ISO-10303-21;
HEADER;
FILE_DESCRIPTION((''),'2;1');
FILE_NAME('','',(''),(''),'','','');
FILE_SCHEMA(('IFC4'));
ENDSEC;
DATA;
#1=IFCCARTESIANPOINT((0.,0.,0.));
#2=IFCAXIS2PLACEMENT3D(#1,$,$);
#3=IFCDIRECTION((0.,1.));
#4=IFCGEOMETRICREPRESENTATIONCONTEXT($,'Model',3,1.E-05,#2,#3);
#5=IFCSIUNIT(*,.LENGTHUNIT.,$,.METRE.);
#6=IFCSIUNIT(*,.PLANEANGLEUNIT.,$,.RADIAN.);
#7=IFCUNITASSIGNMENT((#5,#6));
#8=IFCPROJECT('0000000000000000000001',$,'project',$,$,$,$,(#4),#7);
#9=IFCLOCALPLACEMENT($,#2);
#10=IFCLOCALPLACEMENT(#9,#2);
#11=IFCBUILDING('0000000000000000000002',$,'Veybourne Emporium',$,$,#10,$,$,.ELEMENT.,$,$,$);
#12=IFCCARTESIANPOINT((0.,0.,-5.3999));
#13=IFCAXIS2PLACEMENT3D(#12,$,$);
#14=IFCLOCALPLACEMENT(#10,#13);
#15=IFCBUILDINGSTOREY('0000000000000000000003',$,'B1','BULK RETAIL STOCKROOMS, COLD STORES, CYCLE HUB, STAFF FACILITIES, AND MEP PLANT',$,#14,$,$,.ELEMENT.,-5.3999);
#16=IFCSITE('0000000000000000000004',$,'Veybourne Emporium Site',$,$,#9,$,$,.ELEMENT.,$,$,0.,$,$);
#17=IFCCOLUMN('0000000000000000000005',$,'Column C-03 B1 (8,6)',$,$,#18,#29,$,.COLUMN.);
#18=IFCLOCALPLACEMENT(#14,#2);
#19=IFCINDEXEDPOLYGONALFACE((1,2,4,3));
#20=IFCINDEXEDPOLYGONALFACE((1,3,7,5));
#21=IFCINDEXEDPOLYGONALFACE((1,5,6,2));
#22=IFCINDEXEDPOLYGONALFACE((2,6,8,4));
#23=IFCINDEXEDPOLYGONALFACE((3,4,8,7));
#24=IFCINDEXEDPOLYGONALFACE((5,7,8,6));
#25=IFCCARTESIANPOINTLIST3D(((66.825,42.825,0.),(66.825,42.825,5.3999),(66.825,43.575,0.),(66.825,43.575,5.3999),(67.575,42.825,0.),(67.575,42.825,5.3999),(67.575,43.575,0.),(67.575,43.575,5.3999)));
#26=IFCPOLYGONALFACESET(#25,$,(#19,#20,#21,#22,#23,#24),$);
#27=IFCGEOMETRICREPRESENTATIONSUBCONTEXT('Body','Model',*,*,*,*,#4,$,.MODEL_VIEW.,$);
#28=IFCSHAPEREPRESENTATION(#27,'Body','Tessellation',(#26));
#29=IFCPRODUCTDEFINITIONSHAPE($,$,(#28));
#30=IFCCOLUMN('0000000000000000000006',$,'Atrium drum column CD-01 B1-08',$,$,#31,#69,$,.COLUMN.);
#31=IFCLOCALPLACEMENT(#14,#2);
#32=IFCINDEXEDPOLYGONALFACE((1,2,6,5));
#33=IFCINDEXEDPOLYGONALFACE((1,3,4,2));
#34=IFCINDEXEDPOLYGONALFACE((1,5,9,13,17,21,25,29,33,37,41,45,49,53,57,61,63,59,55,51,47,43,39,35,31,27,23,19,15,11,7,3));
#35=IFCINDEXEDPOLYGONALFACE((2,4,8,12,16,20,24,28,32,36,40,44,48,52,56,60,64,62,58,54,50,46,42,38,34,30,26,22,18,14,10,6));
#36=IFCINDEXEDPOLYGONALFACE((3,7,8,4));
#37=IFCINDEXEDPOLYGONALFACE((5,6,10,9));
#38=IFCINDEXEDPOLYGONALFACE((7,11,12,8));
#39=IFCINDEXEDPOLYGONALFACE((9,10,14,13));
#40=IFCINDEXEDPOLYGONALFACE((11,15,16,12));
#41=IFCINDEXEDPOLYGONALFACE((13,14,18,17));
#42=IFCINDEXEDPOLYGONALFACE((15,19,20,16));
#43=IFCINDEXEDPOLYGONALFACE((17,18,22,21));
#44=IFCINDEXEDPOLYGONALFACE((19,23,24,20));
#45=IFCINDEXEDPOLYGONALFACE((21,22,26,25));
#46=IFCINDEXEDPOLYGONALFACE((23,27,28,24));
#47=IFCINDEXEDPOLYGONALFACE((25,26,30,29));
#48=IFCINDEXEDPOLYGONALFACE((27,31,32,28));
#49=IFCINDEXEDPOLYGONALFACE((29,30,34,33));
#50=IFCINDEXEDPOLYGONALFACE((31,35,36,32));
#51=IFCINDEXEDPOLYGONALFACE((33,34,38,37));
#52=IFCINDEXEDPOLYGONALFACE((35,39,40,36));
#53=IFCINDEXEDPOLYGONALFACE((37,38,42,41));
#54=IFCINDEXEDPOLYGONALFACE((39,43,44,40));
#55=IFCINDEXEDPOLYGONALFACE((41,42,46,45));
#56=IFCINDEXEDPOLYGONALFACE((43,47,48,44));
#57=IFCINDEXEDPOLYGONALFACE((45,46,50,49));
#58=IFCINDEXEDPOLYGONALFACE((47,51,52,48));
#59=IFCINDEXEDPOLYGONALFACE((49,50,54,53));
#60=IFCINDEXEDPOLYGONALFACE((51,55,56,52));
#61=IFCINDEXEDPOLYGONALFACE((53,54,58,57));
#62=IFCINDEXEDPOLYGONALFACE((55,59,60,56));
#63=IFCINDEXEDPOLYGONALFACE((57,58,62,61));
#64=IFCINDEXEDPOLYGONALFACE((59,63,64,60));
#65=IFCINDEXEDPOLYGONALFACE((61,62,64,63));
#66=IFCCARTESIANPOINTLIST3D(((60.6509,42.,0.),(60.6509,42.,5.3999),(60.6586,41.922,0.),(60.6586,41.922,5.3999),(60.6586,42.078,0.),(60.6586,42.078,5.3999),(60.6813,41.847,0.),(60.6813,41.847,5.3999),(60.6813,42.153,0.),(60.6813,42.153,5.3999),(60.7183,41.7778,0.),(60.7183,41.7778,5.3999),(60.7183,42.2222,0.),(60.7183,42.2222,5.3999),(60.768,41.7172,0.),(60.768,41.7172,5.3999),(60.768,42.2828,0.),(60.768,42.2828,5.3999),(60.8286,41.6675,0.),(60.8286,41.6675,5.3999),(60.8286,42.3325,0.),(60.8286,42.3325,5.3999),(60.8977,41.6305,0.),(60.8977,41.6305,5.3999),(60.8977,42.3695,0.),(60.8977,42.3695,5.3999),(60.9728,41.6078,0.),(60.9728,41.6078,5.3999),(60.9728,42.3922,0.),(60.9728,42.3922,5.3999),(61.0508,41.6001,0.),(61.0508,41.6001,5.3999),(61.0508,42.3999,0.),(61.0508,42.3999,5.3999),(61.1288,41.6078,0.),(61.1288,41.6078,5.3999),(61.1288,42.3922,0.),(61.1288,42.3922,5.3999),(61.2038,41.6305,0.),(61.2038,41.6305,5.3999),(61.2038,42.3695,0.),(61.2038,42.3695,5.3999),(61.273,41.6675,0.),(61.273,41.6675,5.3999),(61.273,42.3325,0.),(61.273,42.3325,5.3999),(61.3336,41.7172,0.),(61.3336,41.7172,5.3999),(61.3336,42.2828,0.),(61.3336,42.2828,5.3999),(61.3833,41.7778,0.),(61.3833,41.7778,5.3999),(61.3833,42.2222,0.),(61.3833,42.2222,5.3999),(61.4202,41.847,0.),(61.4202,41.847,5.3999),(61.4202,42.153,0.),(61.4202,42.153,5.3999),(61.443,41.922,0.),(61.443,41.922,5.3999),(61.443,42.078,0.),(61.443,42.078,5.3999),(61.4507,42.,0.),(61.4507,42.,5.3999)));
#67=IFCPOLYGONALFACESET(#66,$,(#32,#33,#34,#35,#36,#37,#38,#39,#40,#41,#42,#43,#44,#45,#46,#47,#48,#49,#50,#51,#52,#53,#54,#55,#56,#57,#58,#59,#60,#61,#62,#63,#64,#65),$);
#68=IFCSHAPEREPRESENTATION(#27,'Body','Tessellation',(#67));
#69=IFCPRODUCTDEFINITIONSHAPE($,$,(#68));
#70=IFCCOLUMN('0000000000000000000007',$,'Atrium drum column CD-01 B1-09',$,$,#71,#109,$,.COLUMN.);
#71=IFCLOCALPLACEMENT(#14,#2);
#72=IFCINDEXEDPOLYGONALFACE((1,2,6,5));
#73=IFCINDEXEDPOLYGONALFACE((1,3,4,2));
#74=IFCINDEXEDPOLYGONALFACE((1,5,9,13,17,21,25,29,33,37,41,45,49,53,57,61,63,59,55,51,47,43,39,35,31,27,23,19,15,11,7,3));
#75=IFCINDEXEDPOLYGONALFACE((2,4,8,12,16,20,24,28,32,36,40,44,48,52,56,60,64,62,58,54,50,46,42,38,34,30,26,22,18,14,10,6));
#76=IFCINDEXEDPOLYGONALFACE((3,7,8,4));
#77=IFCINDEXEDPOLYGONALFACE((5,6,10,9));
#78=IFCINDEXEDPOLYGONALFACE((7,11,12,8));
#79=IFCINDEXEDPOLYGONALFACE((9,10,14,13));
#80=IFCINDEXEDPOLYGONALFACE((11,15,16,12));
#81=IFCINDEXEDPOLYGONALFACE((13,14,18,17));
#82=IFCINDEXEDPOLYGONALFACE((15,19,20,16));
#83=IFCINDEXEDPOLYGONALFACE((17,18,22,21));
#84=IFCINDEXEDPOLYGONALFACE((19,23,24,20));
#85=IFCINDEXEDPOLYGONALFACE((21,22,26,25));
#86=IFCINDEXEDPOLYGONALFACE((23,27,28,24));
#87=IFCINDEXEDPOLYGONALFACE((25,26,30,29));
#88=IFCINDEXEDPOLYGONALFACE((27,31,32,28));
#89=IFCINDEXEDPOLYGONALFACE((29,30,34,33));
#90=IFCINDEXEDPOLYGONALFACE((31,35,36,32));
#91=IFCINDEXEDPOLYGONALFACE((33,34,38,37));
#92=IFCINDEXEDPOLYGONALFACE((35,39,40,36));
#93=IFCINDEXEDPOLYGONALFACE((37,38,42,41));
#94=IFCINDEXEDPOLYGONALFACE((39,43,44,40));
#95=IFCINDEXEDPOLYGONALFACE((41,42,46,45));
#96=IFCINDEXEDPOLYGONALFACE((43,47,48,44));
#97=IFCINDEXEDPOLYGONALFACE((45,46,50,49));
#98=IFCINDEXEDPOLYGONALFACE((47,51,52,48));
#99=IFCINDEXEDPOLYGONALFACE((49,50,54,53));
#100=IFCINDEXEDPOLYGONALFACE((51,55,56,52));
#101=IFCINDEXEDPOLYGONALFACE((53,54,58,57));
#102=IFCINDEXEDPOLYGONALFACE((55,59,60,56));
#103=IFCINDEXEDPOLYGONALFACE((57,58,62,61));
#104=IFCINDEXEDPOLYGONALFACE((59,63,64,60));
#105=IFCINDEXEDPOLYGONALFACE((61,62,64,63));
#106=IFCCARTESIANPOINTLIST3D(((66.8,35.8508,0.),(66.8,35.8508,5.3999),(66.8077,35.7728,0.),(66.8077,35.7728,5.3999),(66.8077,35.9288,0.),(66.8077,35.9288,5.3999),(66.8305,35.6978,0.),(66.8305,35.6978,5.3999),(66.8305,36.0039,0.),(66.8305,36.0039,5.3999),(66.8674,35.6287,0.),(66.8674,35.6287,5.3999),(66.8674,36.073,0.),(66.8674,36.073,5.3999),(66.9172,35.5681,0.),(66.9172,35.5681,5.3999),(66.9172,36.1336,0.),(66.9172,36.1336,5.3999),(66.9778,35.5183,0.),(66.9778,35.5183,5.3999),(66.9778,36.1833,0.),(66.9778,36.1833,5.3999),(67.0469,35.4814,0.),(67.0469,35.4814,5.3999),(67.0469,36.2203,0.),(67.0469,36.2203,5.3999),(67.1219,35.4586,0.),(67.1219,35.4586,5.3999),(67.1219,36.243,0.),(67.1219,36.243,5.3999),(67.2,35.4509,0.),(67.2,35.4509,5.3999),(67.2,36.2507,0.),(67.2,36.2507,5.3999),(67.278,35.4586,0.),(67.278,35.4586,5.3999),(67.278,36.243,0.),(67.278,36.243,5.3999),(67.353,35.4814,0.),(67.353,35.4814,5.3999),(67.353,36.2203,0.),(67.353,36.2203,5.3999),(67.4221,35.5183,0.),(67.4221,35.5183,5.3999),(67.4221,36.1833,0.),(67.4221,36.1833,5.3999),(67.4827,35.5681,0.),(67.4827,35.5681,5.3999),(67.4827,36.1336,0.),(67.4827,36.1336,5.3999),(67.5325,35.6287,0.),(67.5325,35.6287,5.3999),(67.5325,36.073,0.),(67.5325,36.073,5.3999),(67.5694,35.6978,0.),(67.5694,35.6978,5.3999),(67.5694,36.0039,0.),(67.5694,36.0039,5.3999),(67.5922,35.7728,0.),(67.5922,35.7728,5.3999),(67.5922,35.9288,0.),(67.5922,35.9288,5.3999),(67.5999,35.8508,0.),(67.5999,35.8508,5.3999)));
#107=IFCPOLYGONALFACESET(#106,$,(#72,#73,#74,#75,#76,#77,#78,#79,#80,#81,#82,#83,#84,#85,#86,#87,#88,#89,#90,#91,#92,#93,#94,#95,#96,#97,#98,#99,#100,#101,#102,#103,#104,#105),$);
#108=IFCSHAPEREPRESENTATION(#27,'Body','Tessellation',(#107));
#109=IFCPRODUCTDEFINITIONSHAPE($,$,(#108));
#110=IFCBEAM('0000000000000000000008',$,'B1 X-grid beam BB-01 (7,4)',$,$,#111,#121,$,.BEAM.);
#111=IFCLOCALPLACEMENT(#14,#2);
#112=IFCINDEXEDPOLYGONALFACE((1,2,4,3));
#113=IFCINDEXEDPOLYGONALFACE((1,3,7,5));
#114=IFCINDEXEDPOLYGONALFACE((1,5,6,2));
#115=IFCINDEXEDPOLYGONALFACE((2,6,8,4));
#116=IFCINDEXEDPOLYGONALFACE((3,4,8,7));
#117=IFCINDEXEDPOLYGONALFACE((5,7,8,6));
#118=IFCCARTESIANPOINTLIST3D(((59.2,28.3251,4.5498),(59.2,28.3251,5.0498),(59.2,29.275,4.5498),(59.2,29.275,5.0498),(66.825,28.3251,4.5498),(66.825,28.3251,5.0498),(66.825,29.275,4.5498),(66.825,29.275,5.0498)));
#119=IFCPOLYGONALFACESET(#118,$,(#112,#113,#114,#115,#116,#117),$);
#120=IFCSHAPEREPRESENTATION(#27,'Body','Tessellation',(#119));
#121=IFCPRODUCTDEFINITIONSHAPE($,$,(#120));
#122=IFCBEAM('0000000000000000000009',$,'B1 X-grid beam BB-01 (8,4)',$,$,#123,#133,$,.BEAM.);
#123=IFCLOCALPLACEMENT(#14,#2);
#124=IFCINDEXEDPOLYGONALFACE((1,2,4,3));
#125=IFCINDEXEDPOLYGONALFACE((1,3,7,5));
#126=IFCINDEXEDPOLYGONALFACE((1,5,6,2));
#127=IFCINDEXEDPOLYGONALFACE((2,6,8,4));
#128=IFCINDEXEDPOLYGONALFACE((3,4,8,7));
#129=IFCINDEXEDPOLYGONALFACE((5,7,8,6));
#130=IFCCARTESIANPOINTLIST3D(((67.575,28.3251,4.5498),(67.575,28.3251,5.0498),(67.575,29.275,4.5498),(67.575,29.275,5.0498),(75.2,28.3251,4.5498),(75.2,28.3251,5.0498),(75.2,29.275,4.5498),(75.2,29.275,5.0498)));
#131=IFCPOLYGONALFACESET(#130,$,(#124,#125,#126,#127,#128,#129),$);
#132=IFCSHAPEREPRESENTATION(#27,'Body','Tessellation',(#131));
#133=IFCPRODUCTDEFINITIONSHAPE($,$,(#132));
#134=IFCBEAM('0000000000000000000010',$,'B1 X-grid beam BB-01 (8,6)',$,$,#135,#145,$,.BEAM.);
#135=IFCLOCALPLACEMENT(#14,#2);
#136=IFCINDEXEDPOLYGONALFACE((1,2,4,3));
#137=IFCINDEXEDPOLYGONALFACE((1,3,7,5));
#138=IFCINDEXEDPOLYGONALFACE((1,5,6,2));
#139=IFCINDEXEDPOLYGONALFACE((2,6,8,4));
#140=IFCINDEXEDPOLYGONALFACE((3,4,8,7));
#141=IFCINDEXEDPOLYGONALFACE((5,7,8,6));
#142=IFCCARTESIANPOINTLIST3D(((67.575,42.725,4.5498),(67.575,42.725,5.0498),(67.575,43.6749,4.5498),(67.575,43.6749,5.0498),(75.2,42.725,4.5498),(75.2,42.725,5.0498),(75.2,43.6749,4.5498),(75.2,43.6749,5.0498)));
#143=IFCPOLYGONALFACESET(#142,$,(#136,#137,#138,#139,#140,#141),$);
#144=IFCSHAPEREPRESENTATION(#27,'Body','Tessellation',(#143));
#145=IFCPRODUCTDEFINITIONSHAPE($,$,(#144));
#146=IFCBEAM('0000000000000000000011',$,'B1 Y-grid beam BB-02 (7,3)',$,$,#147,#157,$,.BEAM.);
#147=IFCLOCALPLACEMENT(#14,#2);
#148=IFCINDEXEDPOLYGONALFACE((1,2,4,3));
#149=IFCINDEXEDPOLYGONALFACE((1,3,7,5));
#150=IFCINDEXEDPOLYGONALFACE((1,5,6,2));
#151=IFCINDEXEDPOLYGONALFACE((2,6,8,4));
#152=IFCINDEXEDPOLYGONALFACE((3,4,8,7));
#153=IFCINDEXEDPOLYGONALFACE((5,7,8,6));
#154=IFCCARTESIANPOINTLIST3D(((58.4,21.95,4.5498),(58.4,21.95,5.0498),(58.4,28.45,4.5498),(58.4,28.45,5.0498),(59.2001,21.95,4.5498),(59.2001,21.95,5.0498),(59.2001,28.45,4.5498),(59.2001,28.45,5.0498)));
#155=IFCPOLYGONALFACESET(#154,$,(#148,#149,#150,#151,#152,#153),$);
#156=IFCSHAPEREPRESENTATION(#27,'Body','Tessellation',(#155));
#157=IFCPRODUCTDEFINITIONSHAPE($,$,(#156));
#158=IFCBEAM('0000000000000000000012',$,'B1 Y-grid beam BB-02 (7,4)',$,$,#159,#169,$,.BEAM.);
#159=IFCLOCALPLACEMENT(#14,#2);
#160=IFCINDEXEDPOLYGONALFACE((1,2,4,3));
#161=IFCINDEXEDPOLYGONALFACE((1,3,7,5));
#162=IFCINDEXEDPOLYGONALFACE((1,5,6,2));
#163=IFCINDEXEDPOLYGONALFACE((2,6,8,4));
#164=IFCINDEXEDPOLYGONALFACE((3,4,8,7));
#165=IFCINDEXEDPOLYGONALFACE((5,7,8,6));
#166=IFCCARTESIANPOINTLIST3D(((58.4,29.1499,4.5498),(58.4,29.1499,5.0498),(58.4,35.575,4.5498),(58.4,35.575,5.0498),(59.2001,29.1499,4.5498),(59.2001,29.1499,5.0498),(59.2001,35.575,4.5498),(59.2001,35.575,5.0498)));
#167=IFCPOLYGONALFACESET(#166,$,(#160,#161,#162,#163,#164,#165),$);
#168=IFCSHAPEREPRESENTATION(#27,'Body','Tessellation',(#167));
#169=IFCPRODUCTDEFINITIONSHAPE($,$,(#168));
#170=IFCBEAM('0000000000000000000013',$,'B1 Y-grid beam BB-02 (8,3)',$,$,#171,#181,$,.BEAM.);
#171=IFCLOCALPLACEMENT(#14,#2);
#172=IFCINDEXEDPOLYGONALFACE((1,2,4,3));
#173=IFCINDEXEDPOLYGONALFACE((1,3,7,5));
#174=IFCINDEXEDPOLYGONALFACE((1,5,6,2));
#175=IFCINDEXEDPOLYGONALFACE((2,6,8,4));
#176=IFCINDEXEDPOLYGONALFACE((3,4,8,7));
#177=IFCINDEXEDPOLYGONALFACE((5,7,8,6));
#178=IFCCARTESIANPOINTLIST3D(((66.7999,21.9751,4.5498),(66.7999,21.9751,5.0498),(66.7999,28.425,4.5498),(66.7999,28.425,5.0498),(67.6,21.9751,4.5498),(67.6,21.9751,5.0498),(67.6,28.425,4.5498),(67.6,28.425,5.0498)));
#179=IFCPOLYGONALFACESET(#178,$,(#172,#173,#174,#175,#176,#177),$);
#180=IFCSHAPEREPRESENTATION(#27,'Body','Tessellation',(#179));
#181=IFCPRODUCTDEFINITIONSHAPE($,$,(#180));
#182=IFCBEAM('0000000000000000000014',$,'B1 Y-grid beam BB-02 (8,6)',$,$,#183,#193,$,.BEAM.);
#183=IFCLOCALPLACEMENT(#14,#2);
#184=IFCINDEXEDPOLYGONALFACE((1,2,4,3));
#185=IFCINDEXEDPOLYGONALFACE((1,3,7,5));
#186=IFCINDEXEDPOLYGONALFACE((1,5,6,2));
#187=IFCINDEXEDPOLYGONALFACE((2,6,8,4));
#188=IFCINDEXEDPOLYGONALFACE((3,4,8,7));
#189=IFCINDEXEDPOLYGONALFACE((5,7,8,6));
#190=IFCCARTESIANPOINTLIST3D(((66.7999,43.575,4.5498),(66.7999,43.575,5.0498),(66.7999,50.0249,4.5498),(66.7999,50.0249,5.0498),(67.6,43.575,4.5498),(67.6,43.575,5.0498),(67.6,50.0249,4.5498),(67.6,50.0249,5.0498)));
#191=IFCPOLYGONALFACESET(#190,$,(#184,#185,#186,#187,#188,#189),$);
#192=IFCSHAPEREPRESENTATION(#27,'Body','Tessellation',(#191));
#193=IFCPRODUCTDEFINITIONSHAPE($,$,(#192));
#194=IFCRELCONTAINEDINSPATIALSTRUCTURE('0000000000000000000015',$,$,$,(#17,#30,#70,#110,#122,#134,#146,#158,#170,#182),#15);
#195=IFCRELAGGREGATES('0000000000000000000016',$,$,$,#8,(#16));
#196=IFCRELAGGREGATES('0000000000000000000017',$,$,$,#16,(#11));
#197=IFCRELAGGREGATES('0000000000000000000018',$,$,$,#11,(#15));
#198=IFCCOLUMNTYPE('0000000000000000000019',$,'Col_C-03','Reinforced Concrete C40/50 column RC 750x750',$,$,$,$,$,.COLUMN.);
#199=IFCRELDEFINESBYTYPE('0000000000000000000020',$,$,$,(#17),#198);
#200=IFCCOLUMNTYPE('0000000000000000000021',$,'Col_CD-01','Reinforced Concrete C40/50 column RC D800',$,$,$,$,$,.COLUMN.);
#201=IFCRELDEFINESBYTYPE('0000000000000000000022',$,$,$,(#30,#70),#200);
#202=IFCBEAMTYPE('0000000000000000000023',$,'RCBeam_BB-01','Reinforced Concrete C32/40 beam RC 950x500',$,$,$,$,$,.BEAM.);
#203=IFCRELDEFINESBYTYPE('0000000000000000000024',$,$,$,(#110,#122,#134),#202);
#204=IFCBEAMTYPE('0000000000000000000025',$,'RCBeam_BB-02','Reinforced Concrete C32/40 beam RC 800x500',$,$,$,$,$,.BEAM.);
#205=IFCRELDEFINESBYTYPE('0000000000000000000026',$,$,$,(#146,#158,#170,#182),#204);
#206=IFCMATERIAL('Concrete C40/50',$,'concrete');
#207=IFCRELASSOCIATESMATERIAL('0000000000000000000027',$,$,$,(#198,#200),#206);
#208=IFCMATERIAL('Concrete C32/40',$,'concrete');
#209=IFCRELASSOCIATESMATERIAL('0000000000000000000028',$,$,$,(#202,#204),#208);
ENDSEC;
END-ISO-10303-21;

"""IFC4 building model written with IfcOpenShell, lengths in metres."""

from ifc_helpers import new_model, si_unit, direction, frame, origin, origin_2d, place, context, subcontext, project, spatial, rectangle, circle, extrude, material, material_profile, profile_set, type_object, element, save


model = new_model("IFC4")

# Units and contexts
model_context = context("Model", 3, precision=1e-05, world=origin(), true_north=direction((0.0, 1.0)))
body_context = subcontext(model_context, "Body", "Model", "MODEL_VIEW")
ifc_project = project(units=[si_unit("LENGTHUNIT", "METRE"), si_unit("PLANEANGLEUNIT", "RADIAN")], contexts=[model_context])

# Site, building, storey
site_placement = place(None, origin())
site = spatial("IfcSite", under=ifc_project, at=site_placement, Name="Veybourne Emporium Site", CompositionType="ELEMENT", RefElevation=0.0)
building_placement = place(site_placement, origin())
building = spatial("IfcBuilding", under=site, at=building_placement, Name="Veybourne Emporium", CompositionType="ELEMENT")
storey_placement = place(building_placement, frame((0.0, 0.0, -5.3999)))
storey = spatial("IfcBuildingStorey", under=building, at=storey_placement, Name="B1", Description="BULK RETAIL STOCKROOMS, COLD STORES, CYCLE HUB, STAFF FACILITIES, AND MEP PLANT", CompositionType="ELEMENT", Elevation=-5.3999)

# Columns
ifc_material_1 = material(Name="Concrete C40/50", Category="concrete")
ifc_material_profile_1 = material_profile(ifc_material_1, rectangle(XDim=0.75, YDim=0.75, at=origin_2d()), Name="RC 750x750")
ifc_profile_set_1 = profile_set([ifc_material_profile_1], Name="Concrete C40/50")
column_type_1 = type_object("IfcColumnType", Name="Col_C-03", Description="Reinforced Concrete C40/50 column RC 750x750", PredefinedType="COLUMN", material=ifc_profile_set_1)
for number, where, z_axis, x_axis, name in (
    (1, (67.2, 43.2, 0.0), (0.0, 0.0, 1.0), (1.0, 0.0, 0.0), "Column C-03 B1 (8,6)"),
):
    element("IfcColumn", number, at=place(storey_placement, frame(where, z_axis=z_axis, x_axis=x_axis)), inside=storey, type_object=column_type_1, Name=name, PredefinedType="COLUMN", context=body_context, shape_type="SweptSolid", body=[
        extrude(rectangle(XDim=0.75, YDim=0.75, at=origin_2d()), origin(), (0.0, 0.0, 1.0), 5.3999),
    ])
ifc_material_profile_2 = material_profile(ifc_material_1, circle(Radius=0.3999, at=origin_2d()), Name="RC D800")
ifc_profile_set_2 = profile_set([ifc_material_profile_2], Name="Concrete C40/50")
column_type_2 = type_object("IfcColumnType", Name="Col_CD-01", Description="Reinforced Concrete C40/50 column RC D800", PredefinedType="COLUMN", material=ifc_profile_set_2)
for number, where, z_axis, x_axis, name in (
    (2, (61.0508, 42.0, 0.0), (0.0, 0.0, 1.0), (1.0, 0.0, 0.0), "Atrium drum column CD-01 B1-08"),
    (3, (67.2, 35.8508, 0.0), (0.0, 0.0, 1.0), (1.0, 0.0, 0.0), "Atrium drum column CD-01 B1-09"),
):
    element("IfcColumn", number, at=place(storey_placement, frame(where, z_axis=z_axis, x_axis=x_axis)), inside=storey, type_object=column_type_2, Name=name, PredefinedType="COLUMN", context=body_context, shape_type="SweptSolid", body=[
        extrude(circle(Radius=0.3999, at=origin_2d()), origin(), (0.0, 0.0, 1.0), 5.3999),
    ])

# Beams
ifc_material_2 = material(Name="Concrete C32/40", Category="concrete")
ifc_material_profile_3 = material_profile(ifc_material_2, rectangle(XDim=0.95, YDim=0.5, at=origin_2d()), Name="RC 950x500")
ifc_profile_set_3 = profile_set([ifc_material_profile_3], Name="Concrete C32/40")
beam_type_1 = type_object("IfcBeamType", Name="RCBeam_BB-01", Description="Reinforced Concrete C32/40 beam RC 950x500", PredefinedType="BEAM", material=ifc_profile_set_3)
for number, where, z_axis, x_axis, name in (
    (4, (59.2, 28.8, 4.7998), (1.0, 0.0, 0.0), (0.0, 1.0, 0.0), "B1 X-grid beam BB-01 (7,4)"),
    (5, (67.575, 28.8, 4.7998), (1.0, 0.0, 0.0), (0.0, 1.0, 0.0), "B1 X-grid beam BB-01 (8,4)"),
    (6, (67.575, 43.2, 4.7998), (1.0, 0.0, 0.0), (0.0, 1.0, 0.0), "B1 X-grid beam BB-01 (8,6)"),
):
    element("IfcBeam", number, at=place(storey_placement, frame(where, z_axis=z_axis, x_axis=x_axis)), inside=storey, type_object=beam_type_1, Name=name, PredefinedType="BEAM", context=body_context, shape_type="SweptSolid", body=[
        extrude(rectangle(XDim=0.95, YDim=0.5, at=origin_2d()), origin(), (0.0, 0.0, 1.0), 7.625),
    ])
ifc_material_profile_4 = material_profile(ifc_material_2, rectangle(XDim=0.8, YDim=0.5, at=origin_2d()), Name="RC 800x500")
ifc_profile_set_4 = profile_set([ifc_material_profile_4], Name="Concrete C32/40")
beam_type_2 = type_object("IfcBeamType", Name="RCBeam_BB-02", Description="Reinforced Concrete C32/40 beam RC 800x500", PredefinedType="BEAM", material=ifc_profile_set_4)
beam_1_placement = place(storey_placement, frame((58.8, 21.95, 4.7998), z_axis=(0.0, 1.0, 0.0), x_axis=(-1.0, 0.0, 0.0)))
element("IfcBeam", 7, at=beam_1_placement, inside=storey, type_object=beam_type_2, Name="B1 Y-grid beam BB-02 (7,3)", PredefinedType="BEAM", context=body_context, shape_type="SweptSolid", body=[
    extrude(rectangle(XDim=0.8, YDim=0.5, at=origin_2d()), origin(), (0.0, 0.0, 1.0), 6.5),
])
beam_2_placement = place(storey_placement, frame((58.8, 29.1499, 4.7998), z_axis=(0.0, 1.0, 0.0), x_axis=(-1.0, 0.0, 0.0)))
element("IfcBeam", 8, at=beam_2_placement, inside=storey, type_object=beam_type_2, Name="B1 Y-grid beam BB-02 (7,4)", PredefinedType="BEAM", context=body_context, shape_type="SweptSolid", body=[
    extrude(rectangle(XDim=0.8, YDim=0.5, at=origin_2d()), origin(), (0.0, 0.0, 1.0), 6.425),
])
for number, where, z_axis, x_axis, name in (
    (9, (67.2, 21.9751, 4.7998), (0.0, 1.0, 0.0), (-1.0, 0.0, 0.0), "B1 Y-grid beam BB-02 (8,3)"),
    (10, (67.2, 43.575, 4.7998), (0.0, 1.0, 0.0), (-1.0, 0.0, 0.0), "B1 Y-grid beam BB-02 (8,6)"),
):
    element("IfcBeam", number, at=place(storey_placement, frame(where, z_axis=z_axis, x_axis=x_axis)), inside=storey, type_object=beam_type_2, Name=name, PredefinedType="BEAM", context=body_context, shape_type="SweptSolid", body=[
        extrude(rectangle(XDim=0.8, YDim=0.5, at=origin_2d()), origin(), (0.0, 0.0, 1.0), 6.45),
    ])

save(model, "model.ifc")
